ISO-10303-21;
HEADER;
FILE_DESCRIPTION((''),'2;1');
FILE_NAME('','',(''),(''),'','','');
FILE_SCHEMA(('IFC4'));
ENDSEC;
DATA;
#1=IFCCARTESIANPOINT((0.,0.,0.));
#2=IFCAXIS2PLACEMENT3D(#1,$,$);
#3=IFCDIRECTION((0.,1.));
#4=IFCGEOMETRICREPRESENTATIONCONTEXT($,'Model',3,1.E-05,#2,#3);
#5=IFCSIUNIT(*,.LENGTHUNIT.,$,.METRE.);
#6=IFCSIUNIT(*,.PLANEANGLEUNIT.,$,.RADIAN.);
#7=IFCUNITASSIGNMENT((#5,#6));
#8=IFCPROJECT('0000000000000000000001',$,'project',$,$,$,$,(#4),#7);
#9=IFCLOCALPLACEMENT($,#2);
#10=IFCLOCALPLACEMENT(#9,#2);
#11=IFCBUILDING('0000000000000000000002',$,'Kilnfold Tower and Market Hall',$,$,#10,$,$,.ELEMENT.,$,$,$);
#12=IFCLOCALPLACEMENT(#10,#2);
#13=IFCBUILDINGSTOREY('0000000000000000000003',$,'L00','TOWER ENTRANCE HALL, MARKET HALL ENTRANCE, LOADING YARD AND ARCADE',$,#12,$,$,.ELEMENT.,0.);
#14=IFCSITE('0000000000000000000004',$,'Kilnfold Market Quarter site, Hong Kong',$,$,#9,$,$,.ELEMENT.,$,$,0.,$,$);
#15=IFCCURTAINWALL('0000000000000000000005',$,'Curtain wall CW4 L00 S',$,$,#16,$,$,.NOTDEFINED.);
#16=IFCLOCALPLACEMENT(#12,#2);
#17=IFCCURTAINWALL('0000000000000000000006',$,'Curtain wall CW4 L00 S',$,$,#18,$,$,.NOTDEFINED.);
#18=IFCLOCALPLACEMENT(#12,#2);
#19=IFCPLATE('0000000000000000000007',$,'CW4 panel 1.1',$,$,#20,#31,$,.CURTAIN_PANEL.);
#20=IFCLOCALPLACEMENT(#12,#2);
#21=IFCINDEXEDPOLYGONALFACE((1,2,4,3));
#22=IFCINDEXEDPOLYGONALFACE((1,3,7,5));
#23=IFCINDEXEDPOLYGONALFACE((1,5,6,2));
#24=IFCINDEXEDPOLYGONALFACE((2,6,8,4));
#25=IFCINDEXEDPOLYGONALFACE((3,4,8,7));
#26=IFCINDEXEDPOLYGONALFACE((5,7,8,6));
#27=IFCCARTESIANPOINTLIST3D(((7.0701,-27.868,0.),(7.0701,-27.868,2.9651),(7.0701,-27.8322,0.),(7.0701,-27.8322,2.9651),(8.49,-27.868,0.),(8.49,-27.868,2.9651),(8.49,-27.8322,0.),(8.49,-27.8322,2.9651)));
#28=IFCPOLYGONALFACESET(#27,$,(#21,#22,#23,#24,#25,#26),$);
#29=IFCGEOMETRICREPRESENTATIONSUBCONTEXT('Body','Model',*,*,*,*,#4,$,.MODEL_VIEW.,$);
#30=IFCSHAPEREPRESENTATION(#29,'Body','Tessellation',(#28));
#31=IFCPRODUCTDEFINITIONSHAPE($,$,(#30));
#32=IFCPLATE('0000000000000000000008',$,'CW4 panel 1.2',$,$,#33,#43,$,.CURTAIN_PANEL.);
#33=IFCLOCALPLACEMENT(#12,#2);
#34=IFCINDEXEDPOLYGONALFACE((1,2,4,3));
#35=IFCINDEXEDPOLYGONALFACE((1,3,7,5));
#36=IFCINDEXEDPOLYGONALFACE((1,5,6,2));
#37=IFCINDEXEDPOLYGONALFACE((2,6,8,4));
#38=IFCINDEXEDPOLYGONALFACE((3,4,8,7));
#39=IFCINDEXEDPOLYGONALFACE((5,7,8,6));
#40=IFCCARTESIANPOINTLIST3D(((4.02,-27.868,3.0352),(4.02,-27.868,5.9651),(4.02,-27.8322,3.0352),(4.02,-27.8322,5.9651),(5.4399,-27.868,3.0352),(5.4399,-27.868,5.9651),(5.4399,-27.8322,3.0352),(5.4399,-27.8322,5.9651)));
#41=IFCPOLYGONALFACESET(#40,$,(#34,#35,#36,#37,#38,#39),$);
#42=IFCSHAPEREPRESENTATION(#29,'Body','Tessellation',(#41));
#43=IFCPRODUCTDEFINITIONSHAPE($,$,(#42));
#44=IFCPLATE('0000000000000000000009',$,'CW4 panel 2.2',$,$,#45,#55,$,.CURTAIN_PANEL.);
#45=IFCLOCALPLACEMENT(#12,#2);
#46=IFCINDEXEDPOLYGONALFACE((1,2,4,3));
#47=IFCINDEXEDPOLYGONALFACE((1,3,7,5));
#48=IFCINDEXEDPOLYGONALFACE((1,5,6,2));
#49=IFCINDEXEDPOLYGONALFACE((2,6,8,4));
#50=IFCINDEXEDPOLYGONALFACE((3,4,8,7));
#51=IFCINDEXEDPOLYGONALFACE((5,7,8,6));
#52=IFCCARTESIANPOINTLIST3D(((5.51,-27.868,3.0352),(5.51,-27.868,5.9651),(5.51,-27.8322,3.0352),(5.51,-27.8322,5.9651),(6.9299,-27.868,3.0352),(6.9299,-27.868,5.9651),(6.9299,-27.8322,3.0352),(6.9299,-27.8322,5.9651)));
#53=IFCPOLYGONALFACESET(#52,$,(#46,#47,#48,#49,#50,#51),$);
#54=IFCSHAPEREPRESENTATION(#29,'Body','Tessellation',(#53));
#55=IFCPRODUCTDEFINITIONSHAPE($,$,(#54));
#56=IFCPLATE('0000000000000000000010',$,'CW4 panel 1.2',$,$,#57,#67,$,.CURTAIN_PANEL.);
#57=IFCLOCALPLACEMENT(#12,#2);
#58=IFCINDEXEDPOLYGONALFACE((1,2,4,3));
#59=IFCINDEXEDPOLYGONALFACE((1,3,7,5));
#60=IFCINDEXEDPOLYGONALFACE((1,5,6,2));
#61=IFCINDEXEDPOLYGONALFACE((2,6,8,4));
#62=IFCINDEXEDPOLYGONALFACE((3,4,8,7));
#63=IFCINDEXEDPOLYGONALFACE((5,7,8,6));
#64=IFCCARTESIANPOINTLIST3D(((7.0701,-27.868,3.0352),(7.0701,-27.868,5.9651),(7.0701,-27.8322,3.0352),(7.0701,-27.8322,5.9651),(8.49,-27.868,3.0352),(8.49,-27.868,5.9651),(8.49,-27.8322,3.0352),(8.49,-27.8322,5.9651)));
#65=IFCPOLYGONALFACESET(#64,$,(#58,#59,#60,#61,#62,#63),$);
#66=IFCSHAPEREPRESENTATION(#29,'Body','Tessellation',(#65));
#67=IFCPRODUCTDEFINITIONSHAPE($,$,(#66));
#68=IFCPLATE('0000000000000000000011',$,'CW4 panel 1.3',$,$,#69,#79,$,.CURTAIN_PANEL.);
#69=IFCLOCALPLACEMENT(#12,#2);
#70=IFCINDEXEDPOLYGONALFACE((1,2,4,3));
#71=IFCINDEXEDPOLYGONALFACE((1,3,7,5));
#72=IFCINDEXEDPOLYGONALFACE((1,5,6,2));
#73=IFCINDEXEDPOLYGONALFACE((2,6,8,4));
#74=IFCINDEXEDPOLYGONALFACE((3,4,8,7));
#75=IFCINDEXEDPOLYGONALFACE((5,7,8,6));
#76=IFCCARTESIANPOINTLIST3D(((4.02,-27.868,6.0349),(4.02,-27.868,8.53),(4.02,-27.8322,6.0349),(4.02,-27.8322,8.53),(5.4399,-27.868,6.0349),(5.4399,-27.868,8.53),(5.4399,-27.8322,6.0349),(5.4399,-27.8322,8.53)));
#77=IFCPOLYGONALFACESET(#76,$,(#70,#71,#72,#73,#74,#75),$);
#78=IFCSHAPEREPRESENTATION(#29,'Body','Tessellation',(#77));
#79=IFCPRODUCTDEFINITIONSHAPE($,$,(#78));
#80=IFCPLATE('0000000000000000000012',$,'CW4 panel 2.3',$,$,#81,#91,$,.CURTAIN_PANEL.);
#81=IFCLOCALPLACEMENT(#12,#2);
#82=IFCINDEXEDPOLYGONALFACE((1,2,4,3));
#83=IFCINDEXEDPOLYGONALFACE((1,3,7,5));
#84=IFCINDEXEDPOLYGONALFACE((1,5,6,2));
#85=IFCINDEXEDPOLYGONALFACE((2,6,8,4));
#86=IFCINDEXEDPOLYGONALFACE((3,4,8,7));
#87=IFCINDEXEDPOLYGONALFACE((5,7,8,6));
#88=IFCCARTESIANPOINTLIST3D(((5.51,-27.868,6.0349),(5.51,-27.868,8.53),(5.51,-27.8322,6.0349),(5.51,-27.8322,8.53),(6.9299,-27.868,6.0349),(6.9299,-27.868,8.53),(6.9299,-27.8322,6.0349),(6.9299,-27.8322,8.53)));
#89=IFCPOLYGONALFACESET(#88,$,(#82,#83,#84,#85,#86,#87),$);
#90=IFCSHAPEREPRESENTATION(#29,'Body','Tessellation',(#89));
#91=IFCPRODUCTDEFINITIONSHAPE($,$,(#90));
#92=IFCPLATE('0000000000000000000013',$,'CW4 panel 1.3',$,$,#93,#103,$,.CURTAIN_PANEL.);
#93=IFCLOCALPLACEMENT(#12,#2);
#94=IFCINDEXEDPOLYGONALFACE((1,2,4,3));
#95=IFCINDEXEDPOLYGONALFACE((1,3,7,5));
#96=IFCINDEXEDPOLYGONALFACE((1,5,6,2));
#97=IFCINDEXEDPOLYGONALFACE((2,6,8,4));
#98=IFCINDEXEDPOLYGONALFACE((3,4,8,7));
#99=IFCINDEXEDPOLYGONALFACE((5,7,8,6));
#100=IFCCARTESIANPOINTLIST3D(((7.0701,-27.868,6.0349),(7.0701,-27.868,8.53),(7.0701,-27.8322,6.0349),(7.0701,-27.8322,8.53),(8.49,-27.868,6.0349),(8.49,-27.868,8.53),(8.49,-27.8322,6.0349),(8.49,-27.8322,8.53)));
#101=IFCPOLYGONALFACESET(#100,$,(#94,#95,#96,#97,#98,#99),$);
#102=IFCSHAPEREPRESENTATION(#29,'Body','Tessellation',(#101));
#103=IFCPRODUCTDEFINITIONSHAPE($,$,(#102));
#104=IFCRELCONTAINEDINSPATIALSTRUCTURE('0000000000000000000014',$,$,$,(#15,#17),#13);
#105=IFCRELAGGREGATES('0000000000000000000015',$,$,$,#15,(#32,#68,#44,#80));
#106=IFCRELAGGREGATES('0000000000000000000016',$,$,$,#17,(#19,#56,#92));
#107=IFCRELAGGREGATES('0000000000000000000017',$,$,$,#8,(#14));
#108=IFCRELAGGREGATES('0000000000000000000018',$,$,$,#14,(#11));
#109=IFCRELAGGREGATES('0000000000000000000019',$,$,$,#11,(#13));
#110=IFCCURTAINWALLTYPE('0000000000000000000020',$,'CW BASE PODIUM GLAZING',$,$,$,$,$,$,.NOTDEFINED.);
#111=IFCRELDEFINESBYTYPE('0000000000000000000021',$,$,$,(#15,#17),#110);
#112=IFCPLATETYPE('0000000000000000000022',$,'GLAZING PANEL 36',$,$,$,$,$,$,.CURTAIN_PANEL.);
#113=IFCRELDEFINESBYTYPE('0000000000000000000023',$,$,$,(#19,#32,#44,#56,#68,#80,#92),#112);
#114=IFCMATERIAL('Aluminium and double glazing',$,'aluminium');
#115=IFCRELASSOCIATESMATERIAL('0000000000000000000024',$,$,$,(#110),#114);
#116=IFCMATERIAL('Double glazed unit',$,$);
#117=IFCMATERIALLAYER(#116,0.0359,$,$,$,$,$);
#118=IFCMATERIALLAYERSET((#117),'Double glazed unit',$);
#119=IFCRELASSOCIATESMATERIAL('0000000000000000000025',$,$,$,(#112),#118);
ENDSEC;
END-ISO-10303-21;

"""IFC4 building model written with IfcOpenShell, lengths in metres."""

from ifc_helpers import new_model, si_unit, direction, frame, origin, origin_2d, place, context, subcontext, project, spatial, rectangle, extrude, source, transform, mapped, material, layer, layer_set, type_object, element, aggregate, save


model = new_model("IFC4")

# Units and contexts
model_context = context("Model", 3, precision=1e-05, world=origin(), true_north=direction((0.0, 1.0)))
body_context = subcontext(model_context, "Body", "Model", "MODEL_VIEW")
ifc_project = project(units=[si_unit("LENGTHUNIT", "METRE"), si_unit("PLANEANGLEUNIT", "RADIAN")], contexts=[model_context])

# Site, building, storey
site_placement = place(None, origin())
site = spatial("IfcSite", under=ifc_project, at=site_placement, Name="Kilnfold Market Quarter site, Hong Kong", CompositionType="ELEMENT", RefElevation=0.0)
building_placement = place(site_placement, origin())
building = spatial("IfcBuilding", under=site, at=building_placement, Name="Kilnfold Tower and Market Hall", CompositionType="ELEMENT")
storey_placement = place(building_placement, origin())
storey = spatial("IfcBuildingStorey", under=building, at=storey_placement, Name="L00", Description="TOWER ENTRANCE HALL, MARKET HALL ENTRANCE, LOADING YARD AND ARCADE", CompositionType="ELEMENT", Elevation=0.0)

# Curtain walls
ifc_material_1 = material(Name="Aluminium and double glazing", Category="aluminium")
curtain_wall_type = type_object("IfcCurtainWallType", Name="CW BASE PODIUM GLAZING", PredefinedType="NOTDEFINED", material=ifc_material_1)
curtain_wall_1_placement = place(storey_placement, origin())
curtain_wall_1 = element("IfcCurtainWall", 1, at=curtain_wall_1_placement, inside=storey, type_object=curtain_wall_type, Name="Curtain wall CW4 L00 S", PredefinedType="NOTDEFINED")
curtain_wall_2_placement = place(storey_placement, origin())
curtain_wall_2 = element("IfcCurtainWall", 2, at=curtain_wall_2_placement, inside=storey, type_object=curtain_wall_type, Name="Curtain wall CW4 L00 S", PredefinedType="NOTDEFINED")

# Plates
ifc_material_2 = material(Name="Double glazed unit")
ifc_layer = layer(ifc_material_2, 0.0359)
ifc_layer_set = layer_set([ifc_layer], Name="Double glazed unit")
plate_type = type_object("IfcPlateType", Name="GLAZING PANEL 36", PredefinedType="CURTAIN_PANEL", material=ifc_layer_set)
shared_shape_1 = source(origin(), body_context, "Body", "SweptSolid", [
    extrude(rectangle(XDim=1.4199, YDim=0.0359, at=origin_2d()), origin(), (0.0, 0.0, 1.0), 2.9651),
])
plate_1_placement = place(storey_placement, frame((7.78, -27.8501, 0.0), z_axis=(0.0, 0.0, 1.0), x_axis=(1.0, 0.0, 0.0)))
plate_1 = element("IfcPlate", 3, at=plate_1_placement, type_object=plate_type, Name="CW4 panel 1.1", PredefinedType="CURTAIN_PANEL", context=body_context, shape_type="MappedRepresentation", body=[
    mapped(shared_shape_1, transform((0.0, 0.0, 0.0))),
])
shared_shape_2 = source(origin(), body_context, "Body", "SweptSolid", [
    extrude(rectangle(XDim=1.4199, YDim=0.0359, at=origin_2d()), origin(), (0.0, 0.0, 1.0), 2.9299),
])
plate_2_placement = place(storey_placement, frame((4.73, -27.8501, 3.0352), z_axis=(0.0, 0.0, 1.0), x_axis=(1.0, 0.0, 0.0)))
plate_2 = element("IfcPlate", 4, at=plate_2_placement, type_object=plate_type, Name="CW4 panel 1.2", PredefinedType="CURTAIN_PANEL", context=body_context, shape_type="MappedRepresentation", body=[
    mapped(shared_shape_2, transform((0.0, 0.0, 0.0))),
])
plate_3_placement = place(storey_placement, frame((6.22, -27.8501, 3.0352), z_axis=(0.0, 0.0, 1.0), x_axis=(1.0, 0.0, 0.0)))
plate_3 = element("IfcPlate", 5, at=plate_3_placement, type_object=plate_type, Name="CW4 panel 2.2", PredefinedType="CURTAIN_PANEL", context=body_context, shape_type="MappedRepresentation", body=[
    mapped(shared_shape_2, transform((0.0, 0.0, 0.0))),
])
plate_4_placement = place(storey_placement, frame((7.78, -27.8501, 3.0352), z_axis=(0.0, 0.0, 1.0), x_axis=(1.0, 0.0, 0.0)))
plate_4 = element("IfcPlate", 6, at=plate_4_placement, type_object=plate_type, Name="CW4 panel 1.2", PredefinedType="CURTAIN_PANEL", context=body_context, shape_type="MappedRepresentation", body=[
    mapped(shared_shape_2, transform((0.0, 0.0, 0.0))),
])
shared_shape_3 = source(origin(), body_context, "Body", "SweptSolid", [
    extrude(rectangle(XDim=1.4199, YDim=0.0359, at=origin_2d()), origin(), (0.0, 0.0, 1.0), 2.4951),
])
plate_5_placement = place(storey_placement, frame((4.73, -27.8501, 6.0349), z_axis=(0.0, 0.0, 1.0), x_axis=(1.0, 0.0, 0.0)))
plate_5 = element("IfcPlate", 7, at=plate_5_placement, type_object=plate_type, Name="CW4 panel 1.3", PredefinedType="CURTAIN_PANEL", context=body_context, shape_type="MappedRepresentation", body=[
    mapped(shared_shape_3, transform((0.0, 0.0, 0.0))),
])
plate_6_placement = place(storey_placement, frame((6.22, -27.8501, 6.0349), z_axis=(0.0, 0.0, 1.0), x_axis=(1.0, 0.0, 0.0)))
plate_6 = element("IfcPlate", 8, at=plate_6_placement, type_object=plate_type, Name="CW4 panel 2.3", PredefinedType="CURTAIN_PANEL", context=body_context, shape_type="MappedRepresentation", body=[
    mapped(shared_shape_3, transform((0.0, 0.0, 0.0))),
])
aggregate(curtain_wall_1, [plate_2, plate_5, plate_3, plate_6])
plate_7_placement = place(storey_placement, frame((7.78, -27.8501, 6.0349), z_axis=(0.0, 0.0, 1.0), x_axis=(1.0, 0.0, 0.0)))
plate_7 = element("IfcPlate", 9, at=plate_7_placement, type_object=plate_type, Name="CW4 panel 1.3", PredefinedType="CURTAIN_PANEL", context=body_context, shape_type="MappedRepresentation", body=[
    mapped(shared_shape_3, transform((0.0, 0.0, 0.0))),
])
aggregate(curtain_wall_2, [plate_1, plate_4, plate_7])

save(model, "model.ifc")
